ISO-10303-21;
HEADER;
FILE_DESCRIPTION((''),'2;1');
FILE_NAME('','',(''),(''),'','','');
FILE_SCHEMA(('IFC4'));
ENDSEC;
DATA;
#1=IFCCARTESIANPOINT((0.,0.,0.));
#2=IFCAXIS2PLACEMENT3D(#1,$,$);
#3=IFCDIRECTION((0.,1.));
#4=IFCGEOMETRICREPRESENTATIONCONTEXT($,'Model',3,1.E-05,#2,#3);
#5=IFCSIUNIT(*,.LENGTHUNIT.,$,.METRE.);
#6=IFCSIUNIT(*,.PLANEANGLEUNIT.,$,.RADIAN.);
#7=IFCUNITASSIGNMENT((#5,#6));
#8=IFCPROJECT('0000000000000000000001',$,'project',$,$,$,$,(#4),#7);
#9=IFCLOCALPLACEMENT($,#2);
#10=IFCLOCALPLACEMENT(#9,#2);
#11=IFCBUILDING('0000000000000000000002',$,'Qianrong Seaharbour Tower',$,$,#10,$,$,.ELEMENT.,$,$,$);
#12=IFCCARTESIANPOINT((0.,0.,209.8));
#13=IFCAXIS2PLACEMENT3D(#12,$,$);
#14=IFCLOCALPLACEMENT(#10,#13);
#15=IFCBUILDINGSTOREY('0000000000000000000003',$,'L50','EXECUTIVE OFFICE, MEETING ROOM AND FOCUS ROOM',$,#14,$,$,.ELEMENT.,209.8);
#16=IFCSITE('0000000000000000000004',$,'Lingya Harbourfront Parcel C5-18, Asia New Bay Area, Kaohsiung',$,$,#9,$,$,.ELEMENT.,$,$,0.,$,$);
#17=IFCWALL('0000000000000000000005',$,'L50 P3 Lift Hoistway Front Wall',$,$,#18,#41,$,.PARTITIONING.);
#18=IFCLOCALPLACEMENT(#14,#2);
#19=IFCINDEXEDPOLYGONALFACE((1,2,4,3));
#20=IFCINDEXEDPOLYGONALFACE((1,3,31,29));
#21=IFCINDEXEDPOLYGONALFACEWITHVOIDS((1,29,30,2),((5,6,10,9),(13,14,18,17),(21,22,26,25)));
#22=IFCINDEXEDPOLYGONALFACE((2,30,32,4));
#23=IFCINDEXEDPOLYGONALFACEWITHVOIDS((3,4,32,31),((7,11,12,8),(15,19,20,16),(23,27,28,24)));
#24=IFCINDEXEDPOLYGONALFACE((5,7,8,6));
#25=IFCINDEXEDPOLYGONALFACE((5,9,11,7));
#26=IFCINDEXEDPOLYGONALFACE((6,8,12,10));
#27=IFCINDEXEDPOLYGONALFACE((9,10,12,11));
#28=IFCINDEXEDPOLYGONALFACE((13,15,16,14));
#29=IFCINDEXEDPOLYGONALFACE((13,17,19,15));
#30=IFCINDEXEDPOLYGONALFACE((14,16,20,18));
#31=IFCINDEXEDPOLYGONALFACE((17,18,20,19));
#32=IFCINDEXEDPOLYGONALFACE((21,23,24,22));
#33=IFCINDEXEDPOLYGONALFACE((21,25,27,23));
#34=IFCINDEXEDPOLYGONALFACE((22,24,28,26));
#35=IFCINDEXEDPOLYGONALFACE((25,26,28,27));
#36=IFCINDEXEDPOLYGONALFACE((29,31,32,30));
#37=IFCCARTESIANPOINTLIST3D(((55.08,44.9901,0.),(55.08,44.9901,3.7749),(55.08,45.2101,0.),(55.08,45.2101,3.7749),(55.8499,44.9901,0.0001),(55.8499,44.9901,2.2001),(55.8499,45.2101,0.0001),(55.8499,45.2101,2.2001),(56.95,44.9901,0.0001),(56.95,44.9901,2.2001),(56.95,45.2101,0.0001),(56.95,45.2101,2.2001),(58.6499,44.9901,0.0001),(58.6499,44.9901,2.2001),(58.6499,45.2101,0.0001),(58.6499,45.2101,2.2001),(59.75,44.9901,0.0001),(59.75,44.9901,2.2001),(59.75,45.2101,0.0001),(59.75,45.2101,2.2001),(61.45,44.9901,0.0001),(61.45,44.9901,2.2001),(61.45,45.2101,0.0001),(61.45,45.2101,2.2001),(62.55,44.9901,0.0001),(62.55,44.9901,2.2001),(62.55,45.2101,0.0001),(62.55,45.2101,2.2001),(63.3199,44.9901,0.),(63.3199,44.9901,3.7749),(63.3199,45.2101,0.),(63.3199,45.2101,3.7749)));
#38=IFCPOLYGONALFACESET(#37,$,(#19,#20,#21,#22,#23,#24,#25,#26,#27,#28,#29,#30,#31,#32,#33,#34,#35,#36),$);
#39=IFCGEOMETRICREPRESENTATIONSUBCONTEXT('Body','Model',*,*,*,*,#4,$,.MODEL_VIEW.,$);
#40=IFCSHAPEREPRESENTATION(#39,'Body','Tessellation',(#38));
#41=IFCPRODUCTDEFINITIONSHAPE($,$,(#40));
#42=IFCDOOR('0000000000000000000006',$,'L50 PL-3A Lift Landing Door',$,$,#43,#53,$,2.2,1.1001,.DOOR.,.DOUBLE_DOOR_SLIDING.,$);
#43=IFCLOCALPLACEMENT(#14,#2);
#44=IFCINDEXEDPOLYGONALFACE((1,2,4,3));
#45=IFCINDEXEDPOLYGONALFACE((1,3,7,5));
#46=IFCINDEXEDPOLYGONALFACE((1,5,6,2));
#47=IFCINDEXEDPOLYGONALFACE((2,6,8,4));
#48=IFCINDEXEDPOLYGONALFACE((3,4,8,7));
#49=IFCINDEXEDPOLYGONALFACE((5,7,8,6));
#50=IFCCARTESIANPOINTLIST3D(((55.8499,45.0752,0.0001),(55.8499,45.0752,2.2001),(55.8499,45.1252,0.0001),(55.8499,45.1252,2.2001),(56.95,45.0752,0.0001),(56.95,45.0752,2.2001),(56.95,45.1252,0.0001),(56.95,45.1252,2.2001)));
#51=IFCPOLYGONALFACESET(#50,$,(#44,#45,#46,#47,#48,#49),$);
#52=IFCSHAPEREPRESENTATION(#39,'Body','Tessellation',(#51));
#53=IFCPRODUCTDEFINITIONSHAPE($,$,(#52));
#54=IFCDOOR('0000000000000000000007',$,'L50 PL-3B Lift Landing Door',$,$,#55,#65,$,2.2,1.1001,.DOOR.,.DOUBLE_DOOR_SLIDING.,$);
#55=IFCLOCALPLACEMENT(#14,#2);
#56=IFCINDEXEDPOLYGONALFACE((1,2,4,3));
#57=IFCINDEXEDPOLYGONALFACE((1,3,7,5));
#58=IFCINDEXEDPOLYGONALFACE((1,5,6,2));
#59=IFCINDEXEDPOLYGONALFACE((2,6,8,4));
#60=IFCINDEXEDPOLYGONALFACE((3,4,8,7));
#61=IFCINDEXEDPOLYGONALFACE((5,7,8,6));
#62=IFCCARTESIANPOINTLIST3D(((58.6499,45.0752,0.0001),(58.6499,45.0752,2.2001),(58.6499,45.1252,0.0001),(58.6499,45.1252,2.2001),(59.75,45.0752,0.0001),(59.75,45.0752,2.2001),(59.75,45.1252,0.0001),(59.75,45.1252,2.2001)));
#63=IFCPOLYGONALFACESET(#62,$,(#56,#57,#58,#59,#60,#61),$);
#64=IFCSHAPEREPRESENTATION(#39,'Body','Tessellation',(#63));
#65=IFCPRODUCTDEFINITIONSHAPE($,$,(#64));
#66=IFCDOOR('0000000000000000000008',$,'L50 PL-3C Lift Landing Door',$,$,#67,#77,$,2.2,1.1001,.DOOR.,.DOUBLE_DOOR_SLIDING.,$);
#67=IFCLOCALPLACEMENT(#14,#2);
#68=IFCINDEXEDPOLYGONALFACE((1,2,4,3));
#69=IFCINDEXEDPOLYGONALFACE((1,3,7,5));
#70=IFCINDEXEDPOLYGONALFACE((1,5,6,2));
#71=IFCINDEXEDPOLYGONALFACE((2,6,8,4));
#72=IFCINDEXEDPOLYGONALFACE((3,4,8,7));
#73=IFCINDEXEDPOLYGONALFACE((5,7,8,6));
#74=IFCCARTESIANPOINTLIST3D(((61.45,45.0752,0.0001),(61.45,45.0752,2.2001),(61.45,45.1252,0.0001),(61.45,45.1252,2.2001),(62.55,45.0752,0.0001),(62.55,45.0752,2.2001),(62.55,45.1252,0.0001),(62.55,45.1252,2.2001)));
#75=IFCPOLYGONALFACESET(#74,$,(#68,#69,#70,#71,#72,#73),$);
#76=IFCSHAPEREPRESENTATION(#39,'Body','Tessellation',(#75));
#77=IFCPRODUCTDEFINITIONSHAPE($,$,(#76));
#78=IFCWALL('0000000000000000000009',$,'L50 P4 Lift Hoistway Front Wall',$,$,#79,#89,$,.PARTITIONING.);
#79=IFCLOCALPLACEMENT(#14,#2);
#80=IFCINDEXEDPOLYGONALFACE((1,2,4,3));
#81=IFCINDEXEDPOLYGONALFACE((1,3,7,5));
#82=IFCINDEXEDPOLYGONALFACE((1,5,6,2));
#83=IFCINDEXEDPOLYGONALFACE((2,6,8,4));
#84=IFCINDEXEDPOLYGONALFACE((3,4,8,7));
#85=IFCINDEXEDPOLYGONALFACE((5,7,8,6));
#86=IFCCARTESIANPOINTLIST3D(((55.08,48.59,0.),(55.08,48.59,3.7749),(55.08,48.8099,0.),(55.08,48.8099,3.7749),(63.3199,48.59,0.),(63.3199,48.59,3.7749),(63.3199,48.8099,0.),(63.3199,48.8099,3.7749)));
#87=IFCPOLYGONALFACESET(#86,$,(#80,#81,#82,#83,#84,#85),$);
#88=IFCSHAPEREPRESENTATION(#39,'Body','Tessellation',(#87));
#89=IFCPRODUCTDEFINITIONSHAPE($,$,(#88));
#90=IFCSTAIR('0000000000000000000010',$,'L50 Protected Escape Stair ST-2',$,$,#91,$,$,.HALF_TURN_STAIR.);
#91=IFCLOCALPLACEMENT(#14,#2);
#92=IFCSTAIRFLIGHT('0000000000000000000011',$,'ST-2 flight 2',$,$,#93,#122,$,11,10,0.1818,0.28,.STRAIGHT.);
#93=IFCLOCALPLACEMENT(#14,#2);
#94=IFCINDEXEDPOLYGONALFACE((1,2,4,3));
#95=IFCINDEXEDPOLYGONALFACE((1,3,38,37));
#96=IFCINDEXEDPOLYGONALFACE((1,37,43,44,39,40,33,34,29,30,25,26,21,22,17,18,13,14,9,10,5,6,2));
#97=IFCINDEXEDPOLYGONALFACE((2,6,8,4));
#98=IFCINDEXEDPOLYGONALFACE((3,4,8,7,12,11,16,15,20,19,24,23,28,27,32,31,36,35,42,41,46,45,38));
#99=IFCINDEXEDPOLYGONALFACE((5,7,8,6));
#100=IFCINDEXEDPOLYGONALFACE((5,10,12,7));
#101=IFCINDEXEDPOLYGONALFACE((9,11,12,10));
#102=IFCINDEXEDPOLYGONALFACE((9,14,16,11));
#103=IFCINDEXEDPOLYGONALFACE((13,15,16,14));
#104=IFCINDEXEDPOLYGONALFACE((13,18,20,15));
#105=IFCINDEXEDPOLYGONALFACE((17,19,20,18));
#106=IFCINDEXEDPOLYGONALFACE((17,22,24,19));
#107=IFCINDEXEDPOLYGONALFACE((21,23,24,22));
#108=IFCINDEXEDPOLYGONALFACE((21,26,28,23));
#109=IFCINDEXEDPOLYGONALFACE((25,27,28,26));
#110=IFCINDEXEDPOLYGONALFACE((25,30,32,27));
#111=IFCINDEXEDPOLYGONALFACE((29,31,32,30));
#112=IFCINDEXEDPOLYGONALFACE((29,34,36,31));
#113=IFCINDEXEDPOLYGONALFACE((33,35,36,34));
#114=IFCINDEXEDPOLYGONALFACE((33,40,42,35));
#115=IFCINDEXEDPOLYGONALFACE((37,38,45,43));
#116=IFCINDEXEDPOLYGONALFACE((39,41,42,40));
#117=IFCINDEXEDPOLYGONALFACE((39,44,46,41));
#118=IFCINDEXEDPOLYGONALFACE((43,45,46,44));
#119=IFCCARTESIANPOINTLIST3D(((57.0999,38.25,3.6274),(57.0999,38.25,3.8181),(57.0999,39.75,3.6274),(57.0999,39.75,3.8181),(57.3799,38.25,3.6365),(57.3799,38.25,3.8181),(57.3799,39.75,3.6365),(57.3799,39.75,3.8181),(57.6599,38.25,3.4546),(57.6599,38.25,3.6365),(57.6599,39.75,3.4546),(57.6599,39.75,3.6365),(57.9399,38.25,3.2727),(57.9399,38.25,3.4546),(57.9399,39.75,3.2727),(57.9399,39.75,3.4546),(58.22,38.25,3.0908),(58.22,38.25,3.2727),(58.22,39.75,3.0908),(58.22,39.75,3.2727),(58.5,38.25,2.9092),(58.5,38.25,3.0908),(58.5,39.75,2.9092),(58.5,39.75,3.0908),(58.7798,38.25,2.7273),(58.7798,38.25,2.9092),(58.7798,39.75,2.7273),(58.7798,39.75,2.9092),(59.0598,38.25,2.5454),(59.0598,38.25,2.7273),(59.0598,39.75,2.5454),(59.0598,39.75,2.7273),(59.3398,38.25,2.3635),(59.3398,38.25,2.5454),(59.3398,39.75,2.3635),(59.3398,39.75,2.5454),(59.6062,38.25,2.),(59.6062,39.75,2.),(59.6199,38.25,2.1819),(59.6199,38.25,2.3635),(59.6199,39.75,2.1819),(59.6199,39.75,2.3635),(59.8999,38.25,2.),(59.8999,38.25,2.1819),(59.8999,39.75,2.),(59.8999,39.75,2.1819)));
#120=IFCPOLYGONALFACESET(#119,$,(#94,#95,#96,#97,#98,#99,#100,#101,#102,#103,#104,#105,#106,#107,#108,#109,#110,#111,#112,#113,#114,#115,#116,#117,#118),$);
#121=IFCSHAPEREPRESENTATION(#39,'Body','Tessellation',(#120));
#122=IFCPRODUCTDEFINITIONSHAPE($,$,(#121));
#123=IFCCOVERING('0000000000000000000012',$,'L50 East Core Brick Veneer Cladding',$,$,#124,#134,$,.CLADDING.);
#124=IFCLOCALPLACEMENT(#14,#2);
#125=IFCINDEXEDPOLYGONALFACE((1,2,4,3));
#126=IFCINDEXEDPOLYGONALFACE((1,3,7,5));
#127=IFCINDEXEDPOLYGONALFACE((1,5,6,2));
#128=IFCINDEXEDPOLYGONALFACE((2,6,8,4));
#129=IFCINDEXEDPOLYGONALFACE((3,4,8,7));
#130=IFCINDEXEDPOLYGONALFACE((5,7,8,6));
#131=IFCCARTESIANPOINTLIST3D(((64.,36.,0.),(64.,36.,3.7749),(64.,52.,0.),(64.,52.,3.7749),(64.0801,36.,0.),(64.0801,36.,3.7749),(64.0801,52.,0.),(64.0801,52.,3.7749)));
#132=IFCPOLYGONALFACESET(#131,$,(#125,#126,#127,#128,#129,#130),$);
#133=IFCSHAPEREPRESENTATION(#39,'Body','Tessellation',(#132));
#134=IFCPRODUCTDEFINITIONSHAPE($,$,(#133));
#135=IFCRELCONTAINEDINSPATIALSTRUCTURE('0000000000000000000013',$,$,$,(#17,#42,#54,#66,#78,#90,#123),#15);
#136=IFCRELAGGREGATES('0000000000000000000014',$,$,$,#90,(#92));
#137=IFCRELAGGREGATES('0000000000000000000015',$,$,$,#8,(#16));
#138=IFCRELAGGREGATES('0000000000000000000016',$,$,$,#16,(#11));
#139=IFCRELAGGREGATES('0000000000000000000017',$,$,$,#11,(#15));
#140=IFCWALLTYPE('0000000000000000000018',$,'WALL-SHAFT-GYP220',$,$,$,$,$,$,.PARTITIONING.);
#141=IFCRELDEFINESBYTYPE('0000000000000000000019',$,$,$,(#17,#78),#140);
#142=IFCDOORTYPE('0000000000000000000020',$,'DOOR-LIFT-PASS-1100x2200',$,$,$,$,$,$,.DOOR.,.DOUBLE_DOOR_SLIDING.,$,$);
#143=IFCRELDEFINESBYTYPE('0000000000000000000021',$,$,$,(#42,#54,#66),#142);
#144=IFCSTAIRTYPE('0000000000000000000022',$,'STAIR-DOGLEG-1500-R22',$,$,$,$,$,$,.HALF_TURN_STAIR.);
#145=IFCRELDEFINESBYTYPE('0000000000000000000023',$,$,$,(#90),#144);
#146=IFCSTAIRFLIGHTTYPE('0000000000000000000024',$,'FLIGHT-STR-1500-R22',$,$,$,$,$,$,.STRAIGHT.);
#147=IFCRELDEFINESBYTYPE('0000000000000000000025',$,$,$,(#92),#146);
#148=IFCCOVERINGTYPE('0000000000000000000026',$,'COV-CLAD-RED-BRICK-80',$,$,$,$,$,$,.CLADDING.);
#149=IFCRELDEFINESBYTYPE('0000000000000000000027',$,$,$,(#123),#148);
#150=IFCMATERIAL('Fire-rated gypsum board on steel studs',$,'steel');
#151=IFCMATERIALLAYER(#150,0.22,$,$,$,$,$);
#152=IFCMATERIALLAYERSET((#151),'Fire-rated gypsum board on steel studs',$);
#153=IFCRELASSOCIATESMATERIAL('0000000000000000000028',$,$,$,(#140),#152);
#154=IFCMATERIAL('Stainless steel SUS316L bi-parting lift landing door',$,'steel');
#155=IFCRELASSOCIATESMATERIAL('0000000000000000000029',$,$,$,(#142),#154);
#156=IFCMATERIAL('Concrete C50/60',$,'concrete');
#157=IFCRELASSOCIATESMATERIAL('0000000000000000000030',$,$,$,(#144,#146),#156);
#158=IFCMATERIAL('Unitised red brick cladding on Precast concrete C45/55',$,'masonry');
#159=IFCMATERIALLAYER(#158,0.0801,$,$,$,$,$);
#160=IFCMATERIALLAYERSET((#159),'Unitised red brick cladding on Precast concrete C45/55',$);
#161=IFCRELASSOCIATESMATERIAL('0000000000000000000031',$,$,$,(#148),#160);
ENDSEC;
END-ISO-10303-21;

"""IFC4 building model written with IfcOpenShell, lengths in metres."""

from ifc_helpers import new_model, si_unit, direction, frame, frame_2d, origin, origin_2d, place, context, subcontext, project, spatial, polyline, rectangle, outline, extrude, material, layer, layer_set, type_object, element, fill, aggregate, save


model = new_model("IFC4")

# Units and contexts
model_context = context("Model", 3, precision=1e-05, world=origin(), true_north=direction((0.0, 1.0)))
body_context = subcontext(model_context, "Body", "Model", "MODEL_VIEW")
ifc_project = project(units=[si_unit("LENGTHUNIT", "METRE"), si_unit("PLANEANGLEUNIT", "RADIAN")], contexts=[model_context])

# Site, building, storey
site_placement = place(None, origin())
site = spatial("IfcSite", under=ifc_project, at=site_placement, Name="Lingya Harbourfront Parcel C5-18, Asia New Bay Area, Kaohsiung", CompositionType="ELEMENT", RefElevation=0.0)
building_placement = place(site_placement, origin())
building = spatial("IfcBuilding", under=site, at=building_placement, Name="Qianrong Seaharbour Tower", CompositionType="ELEMENT")
storey_placement = place(building_placement, frame((0.0, 0.0, 209.8)))
storey = spatial("IfcBuildingStorey", under=building, at=storey_placement, Name="L50", Description="EXECUTIVE OFFICE, MEETING ROOM AND FOCUS ROOM", CompositionType="ELEMENT", Elevation=209.8)

# Shared definitions
ifc_material_1 = material(Name="Fire-rated gypsum board on steel studs", Category="steel")

# Wall, openings, doors
ifc_layer_1 = layer(ifc_material_1, 0.22)
ifc_layer_set_1 = layer_set([ifc_layer_1], Name="Fire-rated gypsum board on steel studs")
wall_type_1 = type_object("IfcWallType", Name="WALL-SHAFT-GYP220", PredefinedType="PARTITIONING", material=ifc_layer_set_1)
wall_1_placement = place(storey_placement, frame((63.3201, 45.1001, 0.0), z_axis=(0.0, 0.0, 1.0), x_axis=(-1.0, 0.0, 0.0)))
wall_1 = element("IfcWall", 1, at=wall_1_placement, inside=storey, type_object=wall_type_1, Name="L50 P3 Lift Hoistway Front Wall", PredefinedType="PARTITIONING", context=body_context, shape_type="SweptSolid", body=[
    extrude(rectangle(XDim=8.24, YDim=0.22, at=frame_2d((4.1201, 0.0))), origin(), (0.0, 0.0, 1.0), 3.7749),
])
opening_1_placement = place(wall_1_placement, frame((6.3701, 0.0, 0.0)))
opening_1 = element("IfcOpeningElement", 2, at=opening_1_placement, cuts=wall_1, PredefinedType="OPENING", context=body_context, shape_type="SweptSolid", body=[
    extrude(rectangle(XDim=1.1001, YDim=2.2, at=frame_2d((0.55, 1.1001))), frame((0.0, 0.1201, 0.0), z_axis=(0.0, -1.0, 0.0), x_axis=(1.0, 0.0, 0.0)), (0.0, 0.0, 1.0), 0.24),
])
opening_2_placement = place(wall_1_placement, frame((3.5701, 0.0, 0.0)))
opening_2 = element("IfcOpeningElement", 3, at=opening_2_placement, cuts=wall_1, PredefinedType="OPENING", context=body_context, shape_type="SweptSolid", body=[
    extrude(rectangle(XDim=1.1001, YDim=2.2, at=frame_2d((0.55, 1.1001))), frame((0.0, 0.1201, 0.0), z_axis=(0.0, -1.0, 0.0), x_axis=(1.0, 0.0, 0.0)), (0.0, 0.0, 1.0), 0.24),
])
opening_3_placement = place(wall_1_placement, frame((0.77, 0.0, 0.0)))
opening_3 = element("IfcOpeningElement", 4, at=opening_3_placement, cuts=wall_1, PredefinedType="OPENING", context=body_context, shape_type="SweptSolid", body=[
    extrude(rectangle(XDim=1.1001, YDim=2.2, at=frame_2d((0.55, 1.1001))), frame((0.0, 0.1201, 0.0), z_axis=(0.0, -1.0, 0.0), x_axis=(1.0, 0.0, 0.0)), (0.0, 0.0, 1.0), 0.24),
])
ifc_material_2 = material(Name="Stainless steel SUS316L bi-parting lift landing door", Category="steel")
door_type_1 = type_object("IfcDoorType", Name="DOOR-LIFT-PASS-1100x2200", OperationType="DOUBLE_DOOR_SLIDING", PredefinedType="DOOR", material=ifc_material_2)
door_1_placement = place(opening_1_placement, origin())
door_1 = element("IfcDoor", 5, at=door_1_placement, inside=storey, type_object=door_type_1, Name="L50 PL-3A Lift Landing Door", OperationType="DOUBLE_DOOR_SLIDING", OverallHeight=2.2, OverallWidth=1.1001, PredefinedType="DOOR", context=body_context, shape_type="SweptSolid", body=[
    extrude(rectangle(XDim=1.1001, YDim=2.2, at=frame_2d((0.55, 1.1001))), frame((0.0, 0.0249, 0.0), z_axis=(0.0, -1.0, 0.0), x_axis=(1.0, 0.0, 0.0)), (0.0, 0.0, 1.0), 0.05),
])
fill(opening_1, door_1)
door_2_placement = place(opening_2_placement, origin())
door_2 = element("IfcDoor", 6, at=door_2_placement, inside=storey, type_object=door_type_1, Name="L50 PL-3B Lift Landing Door", OperationType="DOUBLE_DOOR_SLIDING", OverallHeight=2.2, OverallWidth=1.1001, PredefinedType="DOOR", context=body_context, shape_type="SweptSolid", body=[
    extrude(rectangle(XDim=1.1001, YDim=2.2, at=frame_2d((0.55, 1.1001))), frame((0.0, 0.0249, 0.0), z_axis=(0.0, -1.0, 0.0), x_axis=(1.0, 0.0, 0.0)), (0.0, 0.0, 1.0), 0.05),
])
fill(opening_2, door_2)
door_3_placement = place(opening_3_placement, origin())
door_3 = element("IfcDoor", 7, at=door_3_placement, inside=storey, type_object=door_type_1, Name="L50 PL-3C Lift Landing Door", OperationType="DOUBLE_DOOR_SLIDING", OverallHeight=2.2, OverallWidth=1.1001, PredefinedType="DOOR", context=body_context, shape_type="SweptSolid", body=[
    extrude(rectangle(XDim=1.1001, YDim=2.2, at=frame_2d((0.55, 1.1001))), frame((0.0, 0.0249, 0.0), z_axis=(0.0, -1.0, 0.0), x_axis=(1.0, 0.0, 0.0)), (0.0, 0.0, 1.0), 0.05),
])
fill(opening_3, door_3)

# Wall
wall_2_placement = place(storey_placement, frame((63.3201, 48.7, 0.0), z_axis=(0.0, 0.0, 1.0), x_axis=(-1.0, 0.0, 0.0)))
element("IfcWall", 8, at=wall_2_placement, inside=storey, type_object=wall_type_1, Name="L50 P4 Lift Hoistway Front Wall", PredefinedType="PARTITIONING", context=body_context, shape_type="SweptSolid", body=[
    extrude(rectangle(XDim=8.24, YDim=0.22, at=frame_2d((4.1201, 0.0))), origin(), (0.0, 0.0, 1.0), 3.7749),
])

# Stair, stair flight
ifc_material_3 = material(Name="Concrete C50/60", Category="concrete")
stair_type = type_object("IfcStairType", Name="STAIR-DOGLEG-1500-R22", PredefinedType="HALF_TURN_STAIR", material=ifc_material_3)
stair_placement = place(storey_placement, origin())
stair = element("IfcStair", 9, at=stair_placement, inside=storey, type_object=stair_type, Name="L50 Protected Escape Stair ST-2", PredefinedType="HALF_TURN_STAIR")
stair_flight_type = type_object("IfcStairFlightType", Name="FLIGHT-STR-1500-R22", PredefinedType="STRAIGHT", material=ifc_material_3)
stair_flight_placement = place(storey_placement, frame((59.8999, 39.0, 2.0), z_axis=(0.0, 0.0, 1.0), x_axis=(-1.0, 0.0, 0.0)))
stair_flight = element("IfcStairFlight", 10, at=stair_flight_placement, type_object=stair_flight_type, Name="ST-2 flight 2", NumberOfRisers=11, NumberOfTreads=10, PredefinedType="STRAIGHT", RiserHeight=0.1818, TreadLength=0.28, context=body_context, shape_type="SweptSolid", body=[
    extrude(outline(polyline([(0.0, 0.0), (0.0, 0.1819), (0.28, 0.1819), (0.28, 0.3635), (0.5601, 0.3635), (0.5601, 0.5454), (0.8401, 0.5454), (0.8401, 0.7273), (1.1201, 0.7273), (1.1201, 0.9092), (1.3999, 0.9092), (1.3999, 1.0908), (1.6799, 1.0908), (1.6799, 1.2727), (1.96, 1.2727), (1.96, 1.4546), (2.24, 1.4546), (2.24, 1.6365), (2.52, 1.6365), (2.52, 1.8181), (2.8, 1.8181), (2.8, 2.0), (2.8, 1.6274), (0.2937, 0.0), (0.0, 0.0)])), frame((0.0, 0.75, 0.0), z_axis=(0.0, -1.0, 0.0), x_axis=(1.0, 0.0, 0.0)), (0.0, 0.0, 1.0), 1.5),
])
aggregate(stair, [stair_flight])

# Covering
ifc_material_4 = material(Name="Unitised red brick cladding on Precast concrete C45/55", Category="masonry")
ifc_layer_2 = layer(ifc_material_4, 0.0801)
ifc_layer_set_2 = layer_set([ifc_layer_2], Name="Unitised red brick cladding on Precast concrete C45/55")
covering_type = type_object("IfcCoveringType", Name="COV-CLAD-RED-BRICK-80", PredefinedType="CLADDING", material=ifc_layer_set_2)
covering_placement = place(storey_placement, frame((64.04, 44.0, 0.0), z_axis=(0.0, 0.0, 1.0), x_axis=(1.0, 0.0, 0.0)))
element("IfcCovering", 11, at=covering_placement, inside=storey, type_object=covering_type, Name="L50 East Core Brick Veneer Cladding", PredefinedType="CLADDING", context=body_context, shape_type="SweptSolid", body=[
    extrude(rectangle(XDim=0.0801, YDim=16.0, at=origin_2d()), origin(), (0.0, 0.0, 1.0), 3.7749),
])

save(model, "model.ifc")
